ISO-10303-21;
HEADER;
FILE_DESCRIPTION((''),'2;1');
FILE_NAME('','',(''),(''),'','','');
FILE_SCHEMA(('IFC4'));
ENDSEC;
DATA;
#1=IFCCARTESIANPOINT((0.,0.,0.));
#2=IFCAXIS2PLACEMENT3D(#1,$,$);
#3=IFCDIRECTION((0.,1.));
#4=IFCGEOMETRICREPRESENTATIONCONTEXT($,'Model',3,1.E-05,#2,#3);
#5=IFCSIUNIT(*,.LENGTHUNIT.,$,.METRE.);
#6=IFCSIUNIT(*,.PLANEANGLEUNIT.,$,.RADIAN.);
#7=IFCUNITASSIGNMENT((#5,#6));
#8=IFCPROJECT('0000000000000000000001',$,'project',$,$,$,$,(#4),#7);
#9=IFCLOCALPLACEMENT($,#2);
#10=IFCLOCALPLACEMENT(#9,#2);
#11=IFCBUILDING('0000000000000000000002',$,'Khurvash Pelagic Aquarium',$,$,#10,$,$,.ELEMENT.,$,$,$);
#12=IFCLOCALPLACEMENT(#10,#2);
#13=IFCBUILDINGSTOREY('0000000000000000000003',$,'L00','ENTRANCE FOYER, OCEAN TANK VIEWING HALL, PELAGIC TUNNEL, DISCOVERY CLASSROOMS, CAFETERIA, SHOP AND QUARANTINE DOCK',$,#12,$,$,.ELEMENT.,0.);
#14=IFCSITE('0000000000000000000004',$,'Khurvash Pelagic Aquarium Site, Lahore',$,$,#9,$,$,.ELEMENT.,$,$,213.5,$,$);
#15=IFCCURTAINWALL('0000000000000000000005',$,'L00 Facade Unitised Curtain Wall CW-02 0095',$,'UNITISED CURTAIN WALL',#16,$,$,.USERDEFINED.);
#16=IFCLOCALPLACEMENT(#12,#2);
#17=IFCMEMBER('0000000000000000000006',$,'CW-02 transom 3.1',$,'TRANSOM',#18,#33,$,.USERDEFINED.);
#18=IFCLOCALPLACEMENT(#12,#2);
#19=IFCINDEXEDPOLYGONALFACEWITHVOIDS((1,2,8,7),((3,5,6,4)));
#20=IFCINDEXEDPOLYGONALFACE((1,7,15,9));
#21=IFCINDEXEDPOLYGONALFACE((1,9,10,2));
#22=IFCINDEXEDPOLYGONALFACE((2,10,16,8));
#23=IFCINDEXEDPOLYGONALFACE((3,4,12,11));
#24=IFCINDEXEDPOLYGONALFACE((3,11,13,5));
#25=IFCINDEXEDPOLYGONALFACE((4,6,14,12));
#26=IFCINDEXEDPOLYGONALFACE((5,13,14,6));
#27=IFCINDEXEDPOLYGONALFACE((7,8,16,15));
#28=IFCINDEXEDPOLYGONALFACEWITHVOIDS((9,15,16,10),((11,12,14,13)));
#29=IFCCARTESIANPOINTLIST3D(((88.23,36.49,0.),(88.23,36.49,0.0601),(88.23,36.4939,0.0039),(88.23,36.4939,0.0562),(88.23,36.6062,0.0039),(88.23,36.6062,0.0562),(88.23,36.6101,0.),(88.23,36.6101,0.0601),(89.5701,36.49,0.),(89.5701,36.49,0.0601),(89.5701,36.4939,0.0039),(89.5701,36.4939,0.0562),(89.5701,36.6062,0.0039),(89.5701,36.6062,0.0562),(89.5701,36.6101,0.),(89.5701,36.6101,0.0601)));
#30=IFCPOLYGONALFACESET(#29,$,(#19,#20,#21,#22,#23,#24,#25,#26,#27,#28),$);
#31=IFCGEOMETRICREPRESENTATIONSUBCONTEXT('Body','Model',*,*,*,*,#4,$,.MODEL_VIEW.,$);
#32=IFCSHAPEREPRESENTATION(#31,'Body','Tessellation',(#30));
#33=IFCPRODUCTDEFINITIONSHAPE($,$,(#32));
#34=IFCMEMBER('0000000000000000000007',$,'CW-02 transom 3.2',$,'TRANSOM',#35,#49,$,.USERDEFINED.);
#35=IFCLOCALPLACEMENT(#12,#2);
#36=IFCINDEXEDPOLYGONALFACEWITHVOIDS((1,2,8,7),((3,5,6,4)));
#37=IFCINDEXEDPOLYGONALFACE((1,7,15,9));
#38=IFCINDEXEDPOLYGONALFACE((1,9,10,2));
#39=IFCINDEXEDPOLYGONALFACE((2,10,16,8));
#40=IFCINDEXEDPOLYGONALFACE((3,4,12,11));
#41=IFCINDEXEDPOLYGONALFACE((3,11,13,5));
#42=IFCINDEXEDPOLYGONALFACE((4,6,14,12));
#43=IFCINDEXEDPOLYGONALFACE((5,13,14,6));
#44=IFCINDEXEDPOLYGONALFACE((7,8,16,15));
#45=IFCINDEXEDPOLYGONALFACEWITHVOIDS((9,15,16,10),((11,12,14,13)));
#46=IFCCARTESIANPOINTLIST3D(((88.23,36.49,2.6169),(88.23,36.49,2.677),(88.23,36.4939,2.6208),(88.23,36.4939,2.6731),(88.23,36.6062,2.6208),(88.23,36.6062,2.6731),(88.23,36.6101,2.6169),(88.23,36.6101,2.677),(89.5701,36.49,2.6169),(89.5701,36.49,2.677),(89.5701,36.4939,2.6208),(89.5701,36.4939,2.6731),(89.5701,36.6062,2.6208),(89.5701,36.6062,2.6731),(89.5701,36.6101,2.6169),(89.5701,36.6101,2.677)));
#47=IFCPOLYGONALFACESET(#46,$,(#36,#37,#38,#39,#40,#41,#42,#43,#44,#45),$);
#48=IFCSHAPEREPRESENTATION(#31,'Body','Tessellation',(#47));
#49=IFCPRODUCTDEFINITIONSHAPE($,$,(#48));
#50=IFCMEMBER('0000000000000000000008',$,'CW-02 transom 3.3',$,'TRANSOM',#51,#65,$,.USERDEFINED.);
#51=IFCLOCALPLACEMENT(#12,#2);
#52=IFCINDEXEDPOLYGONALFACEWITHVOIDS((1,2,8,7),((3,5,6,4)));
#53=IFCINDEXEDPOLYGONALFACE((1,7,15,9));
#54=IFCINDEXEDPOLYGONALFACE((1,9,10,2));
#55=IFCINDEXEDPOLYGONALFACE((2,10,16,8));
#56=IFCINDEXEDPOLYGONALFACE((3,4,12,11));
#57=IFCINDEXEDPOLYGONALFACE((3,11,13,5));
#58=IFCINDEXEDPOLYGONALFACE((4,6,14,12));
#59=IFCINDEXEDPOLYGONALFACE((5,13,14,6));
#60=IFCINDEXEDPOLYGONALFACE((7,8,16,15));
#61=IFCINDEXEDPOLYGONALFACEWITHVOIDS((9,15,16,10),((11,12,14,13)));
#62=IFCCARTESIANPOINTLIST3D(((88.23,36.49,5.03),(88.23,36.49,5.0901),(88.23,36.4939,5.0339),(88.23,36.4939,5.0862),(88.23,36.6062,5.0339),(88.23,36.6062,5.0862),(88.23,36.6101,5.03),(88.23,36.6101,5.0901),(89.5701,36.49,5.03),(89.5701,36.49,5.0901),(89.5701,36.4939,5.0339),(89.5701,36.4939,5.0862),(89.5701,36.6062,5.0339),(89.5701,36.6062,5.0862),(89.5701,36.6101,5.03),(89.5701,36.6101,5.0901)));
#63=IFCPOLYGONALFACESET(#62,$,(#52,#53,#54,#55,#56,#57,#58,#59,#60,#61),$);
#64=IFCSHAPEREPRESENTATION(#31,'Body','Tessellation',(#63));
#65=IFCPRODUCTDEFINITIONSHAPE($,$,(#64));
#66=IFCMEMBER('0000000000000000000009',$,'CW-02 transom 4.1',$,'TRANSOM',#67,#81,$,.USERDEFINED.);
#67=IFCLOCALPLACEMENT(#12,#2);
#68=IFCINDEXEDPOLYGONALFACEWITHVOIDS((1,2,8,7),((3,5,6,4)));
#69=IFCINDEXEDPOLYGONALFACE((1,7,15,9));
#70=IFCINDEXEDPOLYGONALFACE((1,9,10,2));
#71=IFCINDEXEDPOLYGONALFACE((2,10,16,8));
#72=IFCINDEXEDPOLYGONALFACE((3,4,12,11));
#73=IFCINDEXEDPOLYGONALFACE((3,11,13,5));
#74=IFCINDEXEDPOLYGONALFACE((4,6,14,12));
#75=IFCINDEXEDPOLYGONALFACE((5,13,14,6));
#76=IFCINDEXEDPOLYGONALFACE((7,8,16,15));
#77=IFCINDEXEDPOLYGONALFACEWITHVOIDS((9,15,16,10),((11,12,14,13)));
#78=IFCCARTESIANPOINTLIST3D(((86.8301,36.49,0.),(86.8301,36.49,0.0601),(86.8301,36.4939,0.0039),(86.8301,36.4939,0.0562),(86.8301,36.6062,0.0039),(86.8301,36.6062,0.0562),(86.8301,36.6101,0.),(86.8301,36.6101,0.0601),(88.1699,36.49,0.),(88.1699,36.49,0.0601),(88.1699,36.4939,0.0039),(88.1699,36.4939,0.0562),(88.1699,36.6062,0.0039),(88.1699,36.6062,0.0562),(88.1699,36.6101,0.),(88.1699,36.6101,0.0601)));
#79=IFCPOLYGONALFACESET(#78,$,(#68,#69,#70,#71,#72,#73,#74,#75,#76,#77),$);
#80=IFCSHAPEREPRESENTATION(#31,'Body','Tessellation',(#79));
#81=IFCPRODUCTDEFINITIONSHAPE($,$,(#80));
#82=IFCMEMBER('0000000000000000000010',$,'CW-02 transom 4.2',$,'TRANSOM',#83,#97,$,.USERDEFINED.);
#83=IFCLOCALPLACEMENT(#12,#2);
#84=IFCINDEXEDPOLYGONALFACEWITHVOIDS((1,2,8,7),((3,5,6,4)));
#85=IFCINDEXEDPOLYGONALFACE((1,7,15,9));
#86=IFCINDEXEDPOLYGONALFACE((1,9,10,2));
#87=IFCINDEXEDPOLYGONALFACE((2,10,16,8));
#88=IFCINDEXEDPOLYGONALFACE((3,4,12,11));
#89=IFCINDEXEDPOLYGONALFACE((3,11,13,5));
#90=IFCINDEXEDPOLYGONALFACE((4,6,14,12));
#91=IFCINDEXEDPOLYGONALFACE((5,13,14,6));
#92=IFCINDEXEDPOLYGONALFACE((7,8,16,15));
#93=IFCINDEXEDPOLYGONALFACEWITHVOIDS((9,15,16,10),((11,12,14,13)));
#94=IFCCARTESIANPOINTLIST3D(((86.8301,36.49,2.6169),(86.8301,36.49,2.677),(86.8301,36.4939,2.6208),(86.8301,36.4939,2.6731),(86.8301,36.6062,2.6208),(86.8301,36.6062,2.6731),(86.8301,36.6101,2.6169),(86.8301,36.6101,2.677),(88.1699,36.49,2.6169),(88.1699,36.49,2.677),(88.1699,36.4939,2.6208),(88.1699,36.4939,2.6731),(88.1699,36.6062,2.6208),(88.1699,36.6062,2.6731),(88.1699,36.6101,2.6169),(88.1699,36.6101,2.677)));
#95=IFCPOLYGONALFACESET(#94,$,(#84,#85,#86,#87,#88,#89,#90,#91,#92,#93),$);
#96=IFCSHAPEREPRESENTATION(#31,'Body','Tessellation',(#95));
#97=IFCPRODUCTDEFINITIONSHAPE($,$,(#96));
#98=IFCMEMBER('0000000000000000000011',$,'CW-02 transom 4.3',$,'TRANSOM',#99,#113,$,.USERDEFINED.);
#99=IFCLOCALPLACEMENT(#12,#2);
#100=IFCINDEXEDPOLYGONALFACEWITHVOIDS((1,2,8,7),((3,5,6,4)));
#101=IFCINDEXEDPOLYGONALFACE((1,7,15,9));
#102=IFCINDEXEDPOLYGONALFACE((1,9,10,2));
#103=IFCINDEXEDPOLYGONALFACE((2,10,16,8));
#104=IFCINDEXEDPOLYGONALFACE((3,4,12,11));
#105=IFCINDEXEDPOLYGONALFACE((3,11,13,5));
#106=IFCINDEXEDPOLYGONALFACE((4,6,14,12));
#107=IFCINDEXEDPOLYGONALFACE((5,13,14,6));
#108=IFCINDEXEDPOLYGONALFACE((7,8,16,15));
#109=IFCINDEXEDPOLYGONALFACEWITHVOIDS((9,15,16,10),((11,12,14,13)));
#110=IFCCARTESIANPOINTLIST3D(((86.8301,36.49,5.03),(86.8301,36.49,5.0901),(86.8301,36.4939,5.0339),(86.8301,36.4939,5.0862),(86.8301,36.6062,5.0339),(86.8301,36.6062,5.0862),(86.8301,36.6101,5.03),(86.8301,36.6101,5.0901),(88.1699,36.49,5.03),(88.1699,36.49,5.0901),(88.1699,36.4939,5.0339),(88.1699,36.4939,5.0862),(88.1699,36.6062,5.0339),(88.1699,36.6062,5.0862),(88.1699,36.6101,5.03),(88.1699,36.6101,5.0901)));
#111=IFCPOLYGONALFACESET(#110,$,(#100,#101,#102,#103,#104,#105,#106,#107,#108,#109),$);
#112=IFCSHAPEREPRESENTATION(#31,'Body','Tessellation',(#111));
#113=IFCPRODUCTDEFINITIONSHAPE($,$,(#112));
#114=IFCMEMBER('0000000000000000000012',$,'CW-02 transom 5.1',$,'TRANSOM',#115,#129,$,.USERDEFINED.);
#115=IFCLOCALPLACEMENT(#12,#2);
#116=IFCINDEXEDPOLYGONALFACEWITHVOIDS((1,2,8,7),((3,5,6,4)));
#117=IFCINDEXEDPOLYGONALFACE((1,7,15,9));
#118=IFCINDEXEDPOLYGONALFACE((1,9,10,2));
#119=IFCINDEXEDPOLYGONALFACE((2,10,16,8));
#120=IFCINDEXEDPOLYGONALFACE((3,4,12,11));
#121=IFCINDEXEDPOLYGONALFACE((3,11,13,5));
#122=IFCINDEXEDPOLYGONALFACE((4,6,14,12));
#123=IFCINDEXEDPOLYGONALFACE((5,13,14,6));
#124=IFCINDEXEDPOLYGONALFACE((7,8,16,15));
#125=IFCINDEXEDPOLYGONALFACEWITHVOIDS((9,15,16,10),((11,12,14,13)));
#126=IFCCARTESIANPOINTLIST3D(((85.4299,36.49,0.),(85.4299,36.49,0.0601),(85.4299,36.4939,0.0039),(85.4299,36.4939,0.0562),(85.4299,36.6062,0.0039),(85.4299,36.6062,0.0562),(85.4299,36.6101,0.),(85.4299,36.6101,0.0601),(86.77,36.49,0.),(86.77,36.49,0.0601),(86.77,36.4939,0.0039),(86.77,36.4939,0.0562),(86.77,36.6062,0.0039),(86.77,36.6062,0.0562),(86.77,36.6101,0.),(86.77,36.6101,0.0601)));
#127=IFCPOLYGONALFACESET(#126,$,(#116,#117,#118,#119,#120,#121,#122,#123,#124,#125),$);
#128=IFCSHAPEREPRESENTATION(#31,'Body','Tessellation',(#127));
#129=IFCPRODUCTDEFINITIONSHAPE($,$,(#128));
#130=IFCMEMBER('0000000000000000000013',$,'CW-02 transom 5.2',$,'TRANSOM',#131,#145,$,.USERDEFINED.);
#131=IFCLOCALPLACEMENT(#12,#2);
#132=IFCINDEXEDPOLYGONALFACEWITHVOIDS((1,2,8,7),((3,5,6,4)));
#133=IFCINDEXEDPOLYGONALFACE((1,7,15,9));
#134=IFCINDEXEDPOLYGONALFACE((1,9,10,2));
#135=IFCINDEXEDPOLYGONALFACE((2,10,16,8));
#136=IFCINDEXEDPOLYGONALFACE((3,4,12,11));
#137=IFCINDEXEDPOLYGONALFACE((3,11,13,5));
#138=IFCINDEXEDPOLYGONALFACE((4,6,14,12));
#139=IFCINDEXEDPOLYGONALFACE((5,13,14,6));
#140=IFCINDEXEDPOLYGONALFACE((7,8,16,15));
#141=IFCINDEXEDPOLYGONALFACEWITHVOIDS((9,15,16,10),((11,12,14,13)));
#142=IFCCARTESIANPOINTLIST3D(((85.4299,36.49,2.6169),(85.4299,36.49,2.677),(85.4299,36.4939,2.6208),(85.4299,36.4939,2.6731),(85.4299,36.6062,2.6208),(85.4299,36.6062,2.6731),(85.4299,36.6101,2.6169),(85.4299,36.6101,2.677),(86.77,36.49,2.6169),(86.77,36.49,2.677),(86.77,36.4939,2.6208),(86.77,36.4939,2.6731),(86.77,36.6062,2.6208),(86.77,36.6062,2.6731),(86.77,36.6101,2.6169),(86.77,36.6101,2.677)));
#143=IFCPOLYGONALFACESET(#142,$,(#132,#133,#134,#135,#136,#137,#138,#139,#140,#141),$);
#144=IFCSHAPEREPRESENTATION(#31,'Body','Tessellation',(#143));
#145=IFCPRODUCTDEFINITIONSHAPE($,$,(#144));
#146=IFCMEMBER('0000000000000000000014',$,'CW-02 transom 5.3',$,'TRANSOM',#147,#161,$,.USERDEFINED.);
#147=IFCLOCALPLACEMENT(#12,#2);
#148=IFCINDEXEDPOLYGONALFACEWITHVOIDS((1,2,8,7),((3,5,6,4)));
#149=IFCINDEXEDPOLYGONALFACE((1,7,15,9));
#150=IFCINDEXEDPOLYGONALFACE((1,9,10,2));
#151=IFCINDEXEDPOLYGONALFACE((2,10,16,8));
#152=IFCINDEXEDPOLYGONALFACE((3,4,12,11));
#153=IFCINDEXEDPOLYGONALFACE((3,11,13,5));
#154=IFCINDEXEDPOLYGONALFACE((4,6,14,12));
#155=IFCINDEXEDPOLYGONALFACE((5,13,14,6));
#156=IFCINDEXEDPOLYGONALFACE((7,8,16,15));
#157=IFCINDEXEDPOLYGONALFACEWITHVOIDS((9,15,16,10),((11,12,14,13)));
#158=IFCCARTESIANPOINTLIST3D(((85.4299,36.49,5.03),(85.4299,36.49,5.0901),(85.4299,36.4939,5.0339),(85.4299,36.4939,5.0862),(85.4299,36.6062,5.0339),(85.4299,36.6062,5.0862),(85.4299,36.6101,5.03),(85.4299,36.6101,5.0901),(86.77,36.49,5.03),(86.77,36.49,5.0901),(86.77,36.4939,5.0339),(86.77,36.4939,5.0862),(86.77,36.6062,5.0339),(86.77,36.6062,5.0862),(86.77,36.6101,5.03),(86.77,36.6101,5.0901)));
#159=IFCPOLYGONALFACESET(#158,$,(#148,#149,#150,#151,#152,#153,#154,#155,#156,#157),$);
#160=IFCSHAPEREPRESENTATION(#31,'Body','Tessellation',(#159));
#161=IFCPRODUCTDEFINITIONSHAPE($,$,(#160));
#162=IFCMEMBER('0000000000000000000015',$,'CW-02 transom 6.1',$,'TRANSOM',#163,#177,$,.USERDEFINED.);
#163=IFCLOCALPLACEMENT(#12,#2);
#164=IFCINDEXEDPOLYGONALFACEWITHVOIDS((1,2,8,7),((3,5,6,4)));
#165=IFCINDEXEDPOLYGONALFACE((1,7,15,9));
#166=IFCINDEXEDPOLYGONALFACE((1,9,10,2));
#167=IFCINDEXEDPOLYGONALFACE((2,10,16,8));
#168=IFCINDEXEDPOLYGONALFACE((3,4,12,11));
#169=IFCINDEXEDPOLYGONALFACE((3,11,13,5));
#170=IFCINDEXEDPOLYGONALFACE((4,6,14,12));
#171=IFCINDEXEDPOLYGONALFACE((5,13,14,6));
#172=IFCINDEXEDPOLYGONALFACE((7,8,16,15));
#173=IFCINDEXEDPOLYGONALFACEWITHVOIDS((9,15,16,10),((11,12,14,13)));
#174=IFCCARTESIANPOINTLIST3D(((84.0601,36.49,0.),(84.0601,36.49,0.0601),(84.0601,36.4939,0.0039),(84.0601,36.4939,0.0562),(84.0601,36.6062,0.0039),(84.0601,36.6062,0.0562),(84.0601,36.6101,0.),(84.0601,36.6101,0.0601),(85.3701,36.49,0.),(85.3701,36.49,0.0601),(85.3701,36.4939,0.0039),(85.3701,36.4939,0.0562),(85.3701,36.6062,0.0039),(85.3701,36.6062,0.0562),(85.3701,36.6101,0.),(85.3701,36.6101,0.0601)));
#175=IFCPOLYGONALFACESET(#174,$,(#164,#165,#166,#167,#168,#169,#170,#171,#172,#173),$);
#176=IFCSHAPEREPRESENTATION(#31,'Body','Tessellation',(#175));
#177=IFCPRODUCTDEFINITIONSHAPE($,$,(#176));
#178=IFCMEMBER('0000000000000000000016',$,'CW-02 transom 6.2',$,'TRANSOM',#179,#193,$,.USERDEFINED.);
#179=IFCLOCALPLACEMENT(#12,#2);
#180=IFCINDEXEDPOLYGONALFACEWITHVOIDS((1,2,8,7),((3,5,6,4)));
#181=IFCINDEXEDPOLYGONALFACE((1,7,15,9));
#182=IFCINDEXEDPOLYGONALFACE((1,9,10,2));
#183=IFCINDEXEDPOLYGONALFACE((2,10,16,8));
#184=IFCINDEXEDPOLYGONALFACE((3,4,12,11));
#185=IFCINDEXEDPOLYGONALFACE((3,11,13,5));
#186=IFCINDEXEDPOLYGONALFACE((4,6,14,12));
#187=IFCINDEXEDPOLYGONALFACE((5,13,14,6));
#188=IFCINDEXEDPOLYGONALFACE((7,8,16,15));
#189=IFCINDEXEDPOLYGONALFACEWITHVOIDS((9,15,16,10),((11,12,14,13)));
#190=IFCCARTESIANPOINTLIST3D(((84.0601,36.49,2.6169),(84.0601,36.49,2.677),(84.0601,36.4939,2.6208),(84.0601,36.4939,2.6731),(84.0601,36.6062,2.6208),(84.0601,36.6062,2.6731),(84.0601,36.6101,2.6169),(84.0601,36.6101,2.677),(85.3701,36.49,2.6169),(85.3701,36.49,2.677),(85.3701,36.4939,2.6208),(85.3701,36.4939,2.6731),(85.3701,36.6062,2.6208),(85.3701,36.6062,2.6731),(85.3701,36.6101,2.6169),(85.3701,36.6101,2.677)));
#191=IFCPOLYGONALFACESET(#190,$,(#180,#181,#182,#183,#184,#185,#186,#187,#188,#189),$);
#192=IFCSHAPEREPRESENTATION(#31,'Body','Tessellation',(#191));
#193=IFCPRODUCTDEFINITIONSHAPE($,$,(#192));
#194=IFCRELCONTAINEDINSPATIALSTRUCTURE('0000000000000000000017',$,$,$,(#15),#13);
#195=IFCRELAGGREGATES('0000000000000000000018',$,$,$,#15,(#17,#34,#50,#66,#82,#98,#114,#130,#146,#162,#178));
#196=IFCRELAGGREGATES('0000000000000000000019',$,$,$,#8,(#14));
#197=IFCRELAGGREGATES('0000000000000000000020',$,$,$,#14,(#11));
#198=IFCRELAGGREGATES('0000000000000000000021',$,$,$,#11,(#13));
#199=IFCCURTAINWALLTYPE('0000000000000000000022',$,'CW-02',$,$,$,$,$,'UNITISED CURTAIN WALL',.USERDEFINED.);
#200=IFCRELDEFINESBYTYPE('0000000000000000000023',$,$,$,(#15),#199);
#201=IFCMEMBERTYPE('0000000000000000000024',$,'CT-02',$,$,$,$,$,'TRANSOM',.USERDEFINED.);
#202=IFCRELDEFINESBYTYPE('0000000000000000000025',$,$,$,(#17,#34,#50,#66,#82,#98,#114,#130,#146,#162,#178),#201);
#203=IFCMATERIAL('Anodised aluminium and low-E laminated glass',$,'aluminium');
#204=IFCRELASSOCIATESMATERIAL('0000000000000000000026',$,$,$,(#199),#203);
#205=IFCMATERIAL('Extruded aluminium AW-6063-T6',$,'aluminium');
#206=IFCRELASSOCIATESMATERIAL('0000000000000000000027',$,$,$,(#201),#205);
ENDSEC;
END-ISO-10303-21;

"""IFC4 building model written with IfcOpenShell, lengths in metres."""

from ifc_helpers import new_model, si_unit, direction, frame, origin, origin_2d, place, context, subcontext, project, spatial, hollow_rectangle, extrude, material, material_profile, profile_set, type_object, element, aggregate, save


model = new_model("IFC4")

# Units and contexts
model_context = context("Model", 3, precision=1e-05, world=origin(), true_north=direction((0.0, 1.0)))
body_context = subcontext(model_context, "Body", "Model", "MODEL_VIEW")
ifc_project = project(units=[si_unit("LENGTHUNIT", "METRE"), si_unit("PLANEANGLEUNIT", "RADIAN")], contexts=[model_context])

# Site, building, storey
site_placement = place(None, origin())
site = spatial("IfcSite", under=ifc_project, at=site_placement, Name="Khurvash Pelagic Aquarium Site, Lahore", CompositionType="ELEMENT", RefElevation=213.5)
building_placement = place(site_placement, origin())
building = spatial("IfcBuilding", under=site, at=building_placement, Name="Khurvash Pelagic Aquarium", CompositionType="ELEMENT")
storey_placement = place(building_placement, origin())
storey = spatial("IfcBuildingStorey", under=building, at=storey_placement, Name="L00", Description="ENTRANCE FOYER, OCEAN TANK VIEWING HALL, PELAGIC TUNNEL, DISCOVERY CLASSROOMS, CAFETERIA, SHOP AND QUARANTINE DOCK", CompositionType="ELEMENT", Elevation=0.0)

# Curtain wall, members
ifc_material_1 = material(Name="Anodised aluminium and low-E laminated glass", Category="aluminium")
curtain_wall_type = type_object("IfcCurtainWallType", Name="CW-02", ElementType="UNITISED CURTAIN WALL", PredefinedType="USERDEFINED", material=ifc_material_1)
curtain_wall_placement = place(storey_placement, origin())
curtain_wall = element("IfcCurtainWall", 1, at=curtain_wall_placement, inside=storey, type_object=curtain_wall_type, Name="L00 Facade Unitised Curtain Wall CW-02 0095", ObjectType="UNITISED CURTAIN WALL", PredefinedType="USERDEFINED")
ifc_material_2 = material(Name="Extruded aluminium AW-6063-T6", Category="aluminium")
ifc_material_profile_1 = material_profile(ifc_material_2, hollow_rectangle(XDim=0.1201, YDim=0.0601, WallThickness=0.0039, at=origin_2d()), Name="CWT120X60X4")
ifc_profile_set_1 = profile_set([ifc_material_profile_1], Name="Extruded aluminium AW-6063-T6")
member_type_1 = type_object("IfcMemberType", Name="CT-02", ElementType="TRANSOM", PredefinedType="USERDEFINED", material=ifc_profile_set_1)
member_1_placement = place(storey_placement, frame((89.5701, 36.55, 0.03), z_axis=(-1.0, 0.0, 0.0), x_axis=(0.0, -1.0, 0.0)))
member_1 = element("IfcMember", 2, at=member_1_placement, type_object=member_type_1, Name="CW-02 transom 3.1", ObjectType="TRANSOM", PredefinedType="USERDEFINED", context=body_context, shape_type="SweptSolid", body=[
    extrude(hollow_rectangle(XDim=0.1201, YDim=0.0601, WallThickness=0.0039, at=origin_2d()), origin(), (0.0, 0.0, 1.0), 1.3401),
])
member_2_placement = place(storey_placement, frame((89.5701, 36.55, 2.647), z_axis=(-1.0, 0.0, 0.0), x_axis=(0.0, -1.0, 0.0)))
member_2 = element("IfcMember", 3, at=member_2_placement, type_object=member_type_1, Name="CW-02 transom 3.2", ObjectType="TRANSOM", PredefinedType="USERDEFINED", context=body_context, shape_type="SweptSolid", body=[
    extrude(hollow_rectangle(XDim=0.1201, YDim=0.0601, WallThickness=0.0039, at=origin_2d()), origin(), (0.0, 0.0, 1.0), 1.3401),
])
member_3_placement = place(storey_placement, frame((89.5701, 36.55, 5.0601), z_axis=(-1.0, 0.0, 0.0), x_axis=(0.0, -1.0, 0.0)))
member_3 = element("IfcMember", 4, at=member_3_placement, type_object=member_type_1, Name="CW-02 transom 3.3", ObjectType="TRANSOM", PredefinedType="USERDEFINED", context=body_context, shape_type="SweptSolid", body=[
    extrude(hollow_rectangle(XDim=0.1201, YDim=0.0601, WallThickness=0.0039, at=origin_2d()), origin(), (0.0, 0.0, 1.0), 1.3401),
])
member_4_placement = place(storey_placement, frame((88.1699, 36.55, 0.03), z_axis=(-1.0, 0.0, 0.0), x_axis=(0.0, -1.0, 0.0)))
member_4 = element("IfcMember", 5, at=member_4_placement, type_object=member_type_1, Name="CW-02 transom 4.1", ObjectType="TRANSOM", PredefinedType="USERDEFINED", context=body_context, shape_type="SweptSolid", body=[
    extrude(hollow_rectangle(XDim=0.1201, YDim=0.0601, WallThickness=0.0039, at=origin_2d()), origin(), (0.0, 0.0, 1.0), 1.3398),
])
member_5_placement = place(storey_placement, frame((88.1699, 36.55, 2.647), z_axis=(-1.0, 0.0, 0.0), x_axis=(0.0, -1.0, 0.0)))
member_5 = element("IfcMember", 6, at=member_5_placement, type_object=member_type_1, Name="CW-02 transom 4.2", ObjectType="TRANSOM", PredefinedType="USERDEFINED", context=body_context, shape_type="SweptSolid", body=[
    extrude(hollow_rectangle(XDim=0.1201, YDim=0.0601, WallThickness=0.0039, at=origin_2d()), origin(), (0.0, 0.0, 1.0), 1.3398),
])
member_6_placement = place(storey_placement, frame((88.1699, 36.55, 5.0601), z_axis=(-1.0, 0.0, 0.0), x_axis=(0.0, -1.0, 0.0)))
member_6 = element("IfcMember", 7, at=member_6_placement, type_object=member_type_1, Name="CW-02 transom 4.3", ObjectType="TRANSOM", PredefinedType="USERDEFINED", context=body_context, shape_type="SweptSolid", body=[
    extrude(hollow_rectangle(XDim=0.1201, YDim=0.0601, WallThickness=0.0039, at=origin_2d()), origin(), (0.0, 0.0, 1.0), 1.3398),
])
member_7_placement = place(storey_placement, frame((86.77, 36.55, 0.03), z_axis=(-1.0, 0.0, 0.0), x_axis=(0.0, -1.0, 0.0)))
member_7 = element("IfcMember", 8, at=member_7_placement, type_object=member_type_1, Name="CW-02 transom 5.1", ObjectType="TRANSOM", PredefinedType="USERDEFINED", context=body_context, shape_type="SweptSolid", body=[
    extrude(hollow_rectangle(XDim=0.1201, YDim=0.0601, WallThickness=0.0039, at=origin_2d()), origin(), (0.0, 0.0, 1.0), 1.3401),
])
member_8_placement = place(storey_placement, frame((86.77, 36.55, 2.647), z_axis=(-1.0, 0.0, 0.0), x_axis=(0.0, -1.0, 0.0)))
member_8 = element("IfcMember", 9, at=member_8_placement, type_object=member_type_1, Name="CW-02 transom 5.2", ObjectType="TRANSOM", PredefinedType="USERDEFINED", context=body_context, shape_type="SweptSolid", body=[
    extrude(hollow_rectangle(XDim=0.1201, YDim=0.0601, WallThickness=0.0039, at=origin_2d()), origin(), (0.0, 0.0, 1.0), 1.3401),
])
member_9_placement = place(storey_placement, frame((86.77, 36.55, 5.0601), z_axis=(-1.0, 0.0, 0.0), x_axis=(0.0, -1.0, 0.0)))
member_9 = element("IfcMember", 10, at=member_9_placement, type_object=member_type_1, Name="CW-02 transom 5.3", ObjectType="TRANSOM", PredefinedType="USERDEFINED", context=body_context, shape_type="SweptSolid", body=[
    extrude(hollow_rectangle(XDim=0.1201, YDim=0.0601, WallThickness=0.0039, at=origin_2d()), origin(), (0.0, 0.0, 1.0), 1.3401),
])
member_10_placement = place(storey_placement, frame((85.3701, 36.55, 0.03), z_axis=(-1.0, 0.0, 0.0), x_axis=(0.0, -1.0, 0.0)))
member_10 = element("IfcMember", 11, at=member_10_placement, type_object=member_type_1, Name="CW-02 transom 6.1", ObjectType="TRANSOM", PredefinedType="USERDEFINED", context=body_context, shape_type="SweptSolid", body=[
    extrude(hollow_rectangle(XDim=0.1201, YDim=0.0601, WallThickness=0.0039, at=origin_2d()), origin(), (0.0, 0.0, 1.0), 1.3101),
])
member_11_placement = place(storey_placement, frame((85.3701, 36.55, 2.647), z_axis=(-1.0, 0.0, 0.0), x_axis=(0.0, -1.0, 0.0)))
member_11 = element("IfcMember", 12, at=member_11_placement, type_object=member_type_1, Name="CW-02 transom 6.2", ObjectType="TRANSOM", PredefinedType="USERDEFINED", context=body_context, shape_type="SweptSolid", body=[
    extrude(hollow_rectangle(XDim=0.1201, YDim=0.0601, WallThickness=0.0039, at=origin_2d()), origin(), (0.0, 0.0, 1.0), 1.3101),
])
aggregate(curtain_wall, [member_1, member_2, member_3, member_4, member_5, member_6, member_7, member_8, member_9, member_10, member_11])

save(model, "model.ifc")
